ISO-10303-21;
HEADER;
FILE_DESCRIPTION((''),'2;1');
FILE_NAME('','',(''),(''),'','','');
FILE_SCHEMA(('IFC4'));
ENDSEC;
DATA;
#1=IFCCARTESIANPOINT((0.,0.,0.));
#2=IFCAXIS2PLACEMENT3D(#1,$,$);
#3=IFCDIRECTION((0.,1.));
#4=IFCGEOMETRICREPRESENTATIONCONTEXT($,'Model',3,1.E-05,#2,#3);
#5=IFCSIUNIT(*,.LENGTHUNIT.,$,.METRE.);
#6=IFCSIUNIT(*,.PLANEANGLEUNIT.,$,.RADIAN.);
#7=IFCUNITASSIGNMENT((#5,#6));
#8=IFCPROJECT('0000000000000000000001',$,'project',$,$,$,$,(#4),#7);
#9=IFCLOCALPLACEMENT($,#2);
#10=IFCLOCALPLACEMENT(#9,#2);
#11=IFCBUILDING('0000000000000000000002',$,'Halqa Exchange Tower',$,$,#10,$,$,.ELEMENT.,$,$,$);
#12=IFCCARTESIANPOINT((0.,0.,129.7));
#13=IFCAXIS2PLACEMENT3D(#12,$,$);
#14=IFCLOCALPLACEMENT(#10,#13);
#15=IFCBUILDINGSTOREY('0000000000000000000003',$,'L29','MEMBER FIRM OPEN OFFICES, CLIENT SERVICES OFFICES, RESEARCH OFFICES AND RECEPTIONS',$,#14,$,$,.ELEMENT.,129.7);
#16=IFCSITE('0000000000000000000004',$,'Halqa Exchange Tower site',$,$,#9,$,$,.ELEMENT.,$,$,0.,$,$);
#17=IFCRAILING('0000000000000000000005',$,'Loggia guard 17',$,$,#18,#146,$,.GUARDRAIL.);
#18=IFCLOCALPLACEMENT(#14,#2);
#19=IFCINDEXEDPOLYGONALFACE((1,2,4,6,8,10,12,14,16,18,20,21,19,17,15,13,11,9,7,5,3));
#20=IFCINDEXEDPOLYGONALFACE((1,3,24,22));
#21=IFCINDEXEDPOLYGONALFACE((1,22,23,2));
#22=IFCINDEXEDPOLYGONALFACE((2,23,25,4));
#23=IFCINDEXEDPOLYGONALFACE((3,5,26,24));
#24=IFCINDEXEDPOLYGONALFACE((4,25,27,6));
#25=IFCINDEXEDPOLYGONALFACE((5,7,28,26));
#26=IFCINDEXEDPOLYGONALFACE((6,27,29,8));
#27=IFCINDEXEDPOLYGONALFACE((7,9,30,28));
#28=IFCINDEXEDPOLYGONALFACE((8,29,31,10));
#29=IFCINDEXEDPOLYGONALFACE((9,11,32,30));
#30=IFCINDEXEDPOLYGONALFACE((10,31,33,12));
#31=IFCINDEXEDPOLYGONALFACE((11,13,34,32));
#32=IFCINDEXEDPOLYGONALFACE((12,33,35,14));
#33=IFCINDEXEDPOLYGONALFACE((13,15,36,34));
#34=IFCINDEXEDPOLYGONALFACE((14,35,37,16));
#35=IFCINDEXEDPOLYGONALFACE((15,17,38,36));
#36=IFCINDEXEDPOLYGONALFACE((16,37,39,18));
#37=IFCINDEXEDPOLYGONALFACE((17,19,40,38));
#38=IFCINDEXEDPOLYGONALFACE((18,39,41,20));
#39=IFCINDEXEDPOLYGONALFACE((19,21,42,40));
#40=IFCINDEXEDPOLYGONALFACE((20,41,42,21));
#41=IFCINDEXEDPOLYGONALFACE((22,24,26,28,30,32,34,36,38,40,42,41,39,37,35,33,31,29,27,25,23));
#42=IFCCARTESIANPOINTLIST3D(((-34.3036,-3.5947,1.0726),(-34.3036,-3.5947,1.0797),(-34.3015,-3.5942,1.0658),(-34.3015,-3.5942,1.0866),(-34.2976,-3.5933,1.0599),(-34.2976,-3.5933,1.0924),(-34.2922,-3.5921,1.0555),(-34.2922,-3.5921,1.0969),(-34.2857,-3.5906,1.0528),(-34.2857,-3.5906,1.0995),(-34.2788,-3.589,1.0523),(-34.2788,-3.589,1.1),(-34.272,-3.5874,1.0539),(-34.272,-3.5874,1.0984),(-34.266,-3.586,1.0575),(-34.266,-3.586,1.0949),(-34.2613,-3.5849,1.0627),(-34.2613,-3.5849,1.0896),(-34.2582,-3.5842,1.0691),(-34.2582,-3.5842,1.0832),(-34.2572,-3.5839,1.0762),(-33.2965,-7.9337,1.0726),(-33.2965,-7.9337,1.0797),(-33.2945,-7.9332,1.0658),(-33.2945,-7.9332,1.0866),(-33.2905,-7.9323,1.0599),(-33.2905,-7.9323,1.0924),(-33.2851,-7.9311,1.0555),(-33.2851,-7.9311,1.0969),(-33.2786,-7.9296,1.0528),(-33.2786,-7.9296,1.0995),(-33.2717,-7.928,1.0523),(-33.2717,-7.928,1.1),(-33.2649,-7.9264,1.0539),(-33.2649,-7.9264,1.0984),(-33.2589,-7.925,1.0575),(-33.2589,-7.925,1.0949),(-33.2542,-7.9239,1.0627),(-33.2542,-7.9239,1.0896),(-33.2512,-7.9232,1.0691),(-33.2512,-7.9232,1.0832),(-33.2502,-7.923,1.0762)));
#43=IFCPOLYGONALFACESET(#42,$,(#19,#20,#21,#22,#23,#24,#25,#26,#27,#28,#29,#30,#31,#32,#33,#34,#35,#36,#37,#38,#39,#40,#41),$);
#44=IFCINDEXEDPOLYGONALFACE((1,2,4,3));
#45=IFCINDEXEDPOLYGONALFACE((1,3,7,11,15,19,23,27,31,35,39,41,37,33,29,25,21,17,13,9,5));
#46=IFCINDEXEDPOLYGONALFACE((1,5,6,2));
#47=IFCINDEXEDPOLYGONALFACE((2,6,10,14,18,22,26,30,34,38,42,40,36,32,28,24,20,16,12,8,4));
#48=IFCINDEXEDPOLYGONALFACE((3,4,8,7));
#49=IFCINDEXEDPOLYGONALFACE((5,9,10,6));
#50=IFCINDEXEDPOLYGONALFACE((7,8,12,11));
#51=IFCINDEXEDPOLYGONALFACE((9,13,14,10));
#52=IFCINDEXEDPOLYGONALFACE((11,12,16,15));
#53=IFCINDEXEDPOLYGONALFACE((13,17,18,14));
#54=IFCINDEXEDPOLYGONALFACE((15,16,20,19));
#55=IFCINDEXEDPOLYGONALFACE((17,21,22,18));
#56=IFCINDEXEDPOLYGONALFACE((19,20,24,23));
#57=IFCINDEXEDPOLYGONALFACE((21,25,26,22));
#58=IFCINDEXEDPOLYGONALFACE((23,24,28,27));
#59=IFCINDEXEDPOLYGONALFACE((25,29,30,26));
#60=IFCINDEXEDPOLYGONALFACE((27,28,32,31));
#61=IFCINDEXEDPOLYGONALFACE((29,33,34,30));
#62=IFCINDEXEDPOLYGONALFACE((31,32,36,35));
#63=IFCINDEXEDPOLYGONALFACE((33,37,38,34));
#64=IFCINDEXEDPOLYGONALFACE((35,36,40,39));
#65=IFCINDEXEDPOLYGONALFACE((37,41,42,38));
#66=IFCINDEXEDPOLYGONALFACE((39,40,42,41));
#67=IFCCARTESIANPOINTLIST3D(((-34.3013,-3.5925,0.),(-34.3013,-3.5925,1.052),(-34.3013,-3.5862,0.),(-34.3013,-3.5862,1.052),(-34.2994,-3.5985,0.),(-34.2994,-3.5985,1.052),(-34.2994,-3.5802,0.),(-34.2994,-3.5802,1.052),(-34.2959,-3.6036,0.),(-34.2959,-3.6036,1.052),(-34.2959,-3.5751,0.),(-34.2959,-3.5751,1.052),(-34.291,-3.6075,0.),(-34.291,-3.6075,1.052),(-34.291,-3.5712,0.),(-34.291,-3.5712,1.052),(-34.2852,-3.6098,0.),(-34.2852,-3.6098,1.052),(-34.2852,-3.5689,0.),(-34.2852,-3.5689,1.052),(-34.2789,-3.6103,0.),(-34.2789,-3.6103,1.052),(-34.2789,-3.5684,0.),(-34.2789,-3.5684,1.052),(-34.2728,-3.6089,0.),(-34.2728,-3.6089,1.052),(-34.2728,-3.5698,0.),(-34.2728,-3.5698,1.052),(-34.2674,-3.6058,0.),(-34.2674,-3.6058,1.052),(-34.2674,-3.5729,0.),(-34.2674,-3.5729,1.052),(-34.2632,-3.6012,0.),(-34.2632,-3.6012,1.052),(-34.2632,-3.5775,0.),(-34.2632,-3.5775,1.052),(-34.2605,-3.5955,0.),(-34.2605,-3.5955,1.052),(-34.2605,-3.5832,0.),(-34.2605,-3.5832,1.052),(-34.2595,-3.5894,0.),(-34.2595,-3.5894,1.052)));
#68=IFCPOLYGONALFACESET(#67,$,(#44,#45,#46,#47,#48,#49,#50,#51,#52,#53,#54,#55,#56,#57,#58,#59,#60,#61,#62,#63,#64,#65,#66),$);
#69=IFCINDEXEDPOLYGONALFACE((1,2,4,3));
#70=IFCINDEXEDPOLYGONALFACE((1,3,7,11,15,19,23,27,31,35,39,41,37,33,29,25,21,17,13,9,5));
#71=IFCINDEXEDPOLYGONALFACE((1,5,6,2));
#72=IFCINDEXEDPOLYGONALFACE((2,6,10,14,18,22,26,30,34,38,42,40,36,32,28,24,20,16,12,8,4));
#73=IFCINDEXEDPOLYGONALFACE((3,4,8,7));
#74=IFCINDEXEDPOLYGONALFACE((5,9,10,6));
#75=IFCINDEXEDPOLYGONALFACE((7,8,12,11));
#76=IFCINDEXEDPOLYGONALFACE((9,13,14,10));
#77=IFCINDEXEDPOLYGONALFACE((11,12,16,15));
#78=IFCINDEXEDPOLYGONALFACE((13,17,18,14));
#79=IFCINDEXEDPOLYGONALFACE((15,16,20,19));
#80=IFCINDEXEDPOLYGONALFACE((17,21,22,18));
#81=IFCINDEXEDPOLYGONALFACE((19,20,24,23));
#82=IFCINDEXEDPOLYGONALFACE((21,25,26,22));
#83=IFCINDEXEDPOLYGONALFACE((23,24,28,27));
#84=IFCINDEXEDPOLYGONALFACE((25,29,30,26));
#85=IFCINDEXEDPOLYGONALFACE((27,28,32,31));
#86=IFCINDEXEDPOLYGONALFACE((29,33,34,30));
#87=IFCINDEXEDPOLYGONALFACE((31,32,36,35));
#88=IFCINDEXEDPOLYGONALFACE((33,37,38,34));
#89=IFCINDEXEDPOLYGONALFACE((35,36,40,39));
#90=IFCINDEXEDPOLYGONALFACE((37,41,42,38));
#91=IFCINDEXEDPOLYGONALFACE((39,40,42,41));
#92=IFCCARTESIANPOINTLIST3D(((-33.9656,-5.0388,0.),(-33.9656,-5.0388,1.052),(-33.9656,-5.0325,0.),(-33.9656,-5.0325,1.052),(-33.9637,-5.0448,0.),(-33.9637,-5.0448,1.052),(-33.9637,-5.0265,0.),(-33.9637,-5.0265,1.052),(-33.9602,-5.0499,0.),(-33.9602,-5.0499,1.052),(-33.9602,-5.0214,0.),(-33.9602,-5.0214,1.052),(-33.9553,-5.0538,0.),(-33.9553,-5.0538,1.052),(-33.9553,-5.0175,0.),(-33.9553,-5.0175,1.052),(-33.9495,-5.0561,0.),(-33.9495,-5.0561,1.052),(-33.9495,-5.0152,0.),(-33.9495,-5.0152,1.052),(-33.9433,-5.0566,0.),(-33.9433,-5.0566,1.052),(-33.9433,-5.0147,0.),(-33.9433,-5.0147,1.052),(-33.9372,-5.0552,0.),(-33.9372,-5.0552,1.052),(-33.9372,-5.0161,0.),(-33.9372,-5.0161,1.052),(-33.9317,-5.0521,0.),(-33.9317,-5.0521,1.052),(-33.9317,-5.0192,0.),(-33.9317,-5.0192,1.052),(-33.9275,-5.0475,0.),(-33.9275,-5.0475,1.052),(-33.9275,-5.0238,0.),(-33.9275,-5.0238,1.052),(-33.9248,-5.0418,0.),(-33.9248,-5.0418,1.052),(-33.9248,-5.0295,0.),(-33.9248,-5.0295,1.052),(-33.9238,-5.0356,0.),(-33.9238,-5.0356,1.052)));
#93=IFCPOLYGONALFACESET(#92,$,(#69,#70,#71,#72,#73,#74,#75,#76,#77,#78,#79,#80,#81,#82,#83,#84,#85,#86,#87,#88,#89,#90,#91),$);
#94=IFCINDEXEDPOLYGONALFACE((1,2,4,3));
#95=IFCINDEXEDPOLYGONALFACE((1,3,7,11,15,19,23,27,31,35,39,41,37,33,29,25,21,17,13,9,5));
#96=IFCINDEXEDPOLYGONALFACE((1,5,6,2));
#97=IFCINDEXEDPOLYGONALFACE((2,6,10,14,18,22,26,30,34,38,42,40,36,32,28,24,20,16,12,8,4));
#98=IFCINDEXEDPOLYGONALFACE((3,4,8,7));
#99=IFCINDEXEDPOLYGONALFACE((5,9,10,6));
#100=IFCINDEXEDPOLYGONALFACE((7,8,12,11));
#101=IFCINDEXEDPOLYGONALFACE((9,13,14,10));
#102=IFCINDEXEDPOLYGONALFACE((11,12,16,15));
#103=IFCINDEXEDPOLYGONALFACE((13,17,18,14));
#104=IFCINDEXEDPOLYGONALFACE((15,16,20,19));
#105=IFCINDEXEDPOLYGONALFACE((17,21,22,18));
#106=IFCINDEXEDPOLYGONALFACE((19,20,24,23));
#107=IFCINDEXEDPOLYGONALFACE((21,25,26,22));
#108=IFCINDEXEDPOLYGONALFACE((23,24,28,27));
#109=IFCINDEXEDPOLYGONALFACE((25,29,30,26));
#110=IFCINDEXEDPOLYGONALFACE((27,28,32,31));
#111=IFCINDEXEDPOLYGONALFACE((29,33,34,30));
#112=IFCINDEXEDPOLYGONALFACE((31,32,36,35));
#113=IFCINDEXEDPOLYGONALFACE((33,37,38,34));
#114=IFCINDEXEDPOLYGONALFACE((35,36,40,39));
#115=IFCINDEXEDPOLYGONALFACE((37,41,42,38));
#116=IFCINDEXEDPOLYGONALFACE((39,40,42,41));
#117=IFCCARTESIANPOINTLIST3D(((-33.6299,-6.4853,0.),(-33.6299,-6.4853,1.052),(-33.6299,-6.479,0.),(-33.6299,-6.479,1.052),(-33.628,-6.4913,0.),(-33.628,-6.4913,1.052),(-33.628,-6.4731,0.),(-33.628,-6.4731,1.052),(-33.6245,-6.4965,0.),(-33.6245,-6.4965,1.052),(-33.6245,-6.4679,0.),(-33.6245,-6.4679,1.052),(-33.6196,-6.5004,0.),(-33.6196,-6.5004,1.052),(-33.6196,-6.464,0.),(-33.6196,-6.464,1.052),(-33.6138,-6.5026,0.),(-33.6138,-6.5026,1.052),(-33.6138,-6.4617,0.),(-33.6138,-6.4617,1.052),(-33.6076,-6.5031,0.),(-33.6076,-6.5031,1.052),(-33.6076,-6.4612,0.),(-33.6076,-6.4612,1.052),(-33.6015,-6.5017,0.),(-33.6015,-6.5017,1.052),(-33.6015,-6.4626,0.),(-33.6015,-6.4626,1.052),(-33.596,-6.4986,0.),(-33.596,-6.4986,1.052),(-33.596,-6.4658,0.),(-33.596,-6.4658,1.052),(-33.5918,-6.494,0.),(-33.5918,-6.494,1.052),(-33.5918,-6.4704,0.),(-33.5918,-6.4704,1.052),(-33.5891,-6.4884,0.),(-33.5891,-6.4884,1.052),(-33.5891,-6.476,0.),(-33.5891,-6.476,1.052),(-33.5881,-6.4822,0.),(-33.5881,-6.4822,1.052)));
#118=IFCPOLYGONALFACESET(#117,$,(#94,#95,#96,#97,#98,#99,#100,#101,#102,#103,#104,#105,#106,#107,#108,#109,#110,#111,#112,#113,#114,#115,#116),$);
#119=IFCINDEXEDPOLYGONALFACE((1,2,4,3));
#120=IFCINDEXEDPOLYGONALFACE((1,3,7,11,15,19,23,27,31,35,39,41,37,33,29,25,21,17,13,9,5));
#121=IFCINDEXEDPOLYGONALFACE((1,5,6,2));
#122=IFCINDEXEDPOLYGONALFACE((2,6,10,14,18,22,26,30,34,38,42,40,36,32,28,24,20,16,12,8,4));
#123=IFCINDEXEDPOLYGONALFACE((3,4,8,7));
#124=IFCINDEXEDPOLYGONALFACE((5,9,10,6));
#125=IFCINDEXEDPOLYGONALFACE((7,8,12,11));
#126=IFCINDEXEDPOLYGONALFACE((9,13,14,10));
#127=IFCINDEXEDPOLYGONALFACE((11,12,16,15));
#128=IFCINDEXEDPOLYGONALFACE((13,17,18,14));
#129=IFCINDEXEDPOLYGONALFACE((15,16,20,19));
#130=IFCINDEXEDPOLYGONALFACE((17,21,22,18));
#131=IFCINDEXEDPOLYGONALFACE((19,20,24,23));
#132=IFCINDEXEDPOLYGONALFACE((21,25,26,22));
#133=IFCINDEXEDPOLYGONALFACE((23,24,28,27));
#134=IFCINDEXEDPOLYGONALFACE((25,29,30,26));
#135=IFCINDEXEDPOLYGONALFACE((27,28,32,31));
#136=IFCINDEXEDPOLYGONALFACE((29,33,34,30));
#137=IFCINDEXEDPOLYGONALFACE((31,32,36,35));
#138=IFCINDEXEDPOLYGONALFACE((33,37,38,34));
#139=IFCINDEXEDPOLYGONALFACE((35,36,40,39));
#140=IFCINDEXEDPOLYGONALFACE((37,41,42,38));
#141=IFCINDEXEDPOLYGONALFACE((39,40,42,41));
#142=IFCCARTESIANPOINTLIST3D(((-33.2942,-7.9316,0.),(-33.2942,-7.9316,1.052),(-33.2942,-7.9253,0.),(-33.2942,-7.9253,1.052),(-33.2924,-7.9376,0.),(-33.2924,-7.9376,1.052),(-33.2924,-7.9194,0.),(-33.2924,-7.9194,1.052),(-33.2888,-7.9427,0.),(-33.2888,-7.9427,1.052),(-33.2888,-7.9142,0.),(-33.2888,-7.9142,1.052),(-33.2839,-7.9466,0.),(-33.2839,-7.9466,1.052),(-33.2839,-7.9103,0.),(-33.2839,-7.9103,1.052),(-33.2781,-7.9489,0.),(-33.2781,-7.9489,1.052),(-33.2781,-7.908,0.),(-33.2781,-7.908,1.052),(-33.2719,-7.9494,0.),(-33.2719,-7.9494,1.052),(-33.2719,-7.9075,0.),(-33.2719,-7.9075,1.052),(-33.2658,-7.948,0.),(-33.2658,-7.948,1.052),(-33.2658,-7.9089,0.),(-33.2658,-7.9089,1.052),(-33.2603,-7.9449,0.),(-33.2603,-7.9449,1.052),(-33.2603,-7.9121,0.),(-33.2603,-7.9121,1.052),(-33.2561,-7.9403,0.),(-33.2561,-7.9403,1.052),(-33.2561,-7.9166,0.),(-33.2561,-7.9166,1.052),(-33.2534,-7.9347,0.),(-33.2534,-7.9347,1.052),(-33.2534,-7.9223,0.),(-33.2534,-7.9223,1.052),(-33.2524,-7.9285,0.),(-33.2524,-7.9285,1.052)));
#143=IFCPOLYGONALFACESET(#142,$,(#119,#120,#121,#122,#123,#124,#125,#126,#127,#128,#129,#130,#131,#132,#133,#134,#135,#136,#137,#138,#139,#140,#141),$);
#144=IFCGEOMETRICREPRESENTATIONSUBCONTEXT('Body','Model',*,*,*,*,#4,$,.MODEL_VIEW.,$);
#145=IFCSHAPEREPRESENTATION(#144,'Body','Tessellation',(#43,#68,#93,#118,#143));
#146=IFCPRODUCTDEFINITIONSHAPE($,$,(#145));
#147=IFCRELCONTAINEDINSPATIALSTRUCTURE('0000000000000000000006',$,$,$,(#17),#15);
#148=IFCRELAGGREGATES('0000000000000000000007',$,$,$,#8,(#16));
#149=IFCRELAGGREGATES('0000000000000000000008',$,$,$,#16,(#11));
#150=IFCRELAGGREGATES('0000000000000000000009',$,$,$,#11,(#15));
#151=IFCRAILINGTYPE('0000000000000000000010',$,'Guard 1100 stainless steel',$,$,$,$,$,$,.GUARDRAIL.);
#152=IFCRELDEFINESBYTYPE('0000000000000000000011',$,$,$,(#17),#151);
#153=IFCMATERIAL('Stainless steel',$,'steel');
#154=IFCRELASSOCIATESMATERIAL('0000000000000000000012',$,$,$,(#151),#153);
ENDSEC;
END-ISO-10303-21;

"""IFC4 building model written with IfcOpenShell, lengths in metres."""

from ifc_helpers import new_model, si_unit, direction, frame, origin, origin_2d, place, context, subcontext, project, spatial, circle, extrude, material, type_object, element, save


model = new_model("IFC4")

# Units and contexts
model_context = context("Model", 3, precision=1e-05, world=origin(), true_north=direction((0.0, 1.0)))
body_context = subcontext(model_context, "Body", "Model", "MODEL_VIEW")
ifc_project = project(units=[si_unit("LENGTHUNIT", "METRE"), si_unit("PLANEANGLEUNIT", "RADIAN")], contexts=[model_context])

# Site, building, storey
site_placement = place(None, origin())
site = spatial("IfcSite", under=ifc_project, at=site_placement, Name="Halqa Exchange Tower site", CompositionType="ELEMENT", RefElevation=0.0)
building_placement = place(site_placement, origin())
building = spatial("IfcBuilding", under=site, at=building_placement, Name="Halqa Exchange Tower", CompositionType="ELEMENT")
storey_placement = place(building_placement, frame((0.0, 0.0, 129.7)))
storey = spatial("IfcBuildingStorey", under=building, at=storey_placement, Name="L29", Description="MEMBER FIRM OPEN OFFICES, CLIENT SERVICES OFFICES, RESEARCH OFFICES AND RECEPTIONS", CompositionType="ELEMENT", Elevation=129.7)

# Railing
ifc_material_1 = material(Name="Stainless steel", Category="steel")
railing_type = type_object("IfcRailingType", Name="Guard 1100 stainless steel", PredefinedType="GUARDRAIL", material=ifc_material_1)
railing_1_placement = place(storey_placement, frame((-34.2805, -3.5894, 0.0)))
element("IfcRailing", 1, at=railing_1_placement, inside=storey, type_object=railing_type, Name="Loggia guard 17", PredefinedType="GUARDRAIL", context=body_context, shape_type="SweptSolid", body=[
    extrude(circle(Radius=0.0239, at=origin_2d()), frame((0.0, 0.0, 1.0762), z_axis=(0.226084, -0.974108, 0.0), x_axis=(0.974108, 0.226084, 0.0)), (0.0, 0.0, 1.0), 4.4543),
    extrude(circle(Radius=0.021, at=origin_2d()), origin(), (0.0, 0.0, 1.0), 1.052),
    extrude(circle(Radius=0.021, at=origin_2d()), frame((0.3357, -1.4463, 0.0)), (0.0, 0.0, 1.0), 1.052),
    extrude(circle(Radius=0.021, at=origin_2d()), frame((0.6714, -2.8928, 0.0)), (0.0, 0.0, 1.0), 1.052),
    extrude(circle(Radius=0.021, at=origin_2d()), frame((1.0071, -4.3391, 0.0)), (0.0, 0.0, 1.0), 1.052),
])

save(model, "model.ifc")
